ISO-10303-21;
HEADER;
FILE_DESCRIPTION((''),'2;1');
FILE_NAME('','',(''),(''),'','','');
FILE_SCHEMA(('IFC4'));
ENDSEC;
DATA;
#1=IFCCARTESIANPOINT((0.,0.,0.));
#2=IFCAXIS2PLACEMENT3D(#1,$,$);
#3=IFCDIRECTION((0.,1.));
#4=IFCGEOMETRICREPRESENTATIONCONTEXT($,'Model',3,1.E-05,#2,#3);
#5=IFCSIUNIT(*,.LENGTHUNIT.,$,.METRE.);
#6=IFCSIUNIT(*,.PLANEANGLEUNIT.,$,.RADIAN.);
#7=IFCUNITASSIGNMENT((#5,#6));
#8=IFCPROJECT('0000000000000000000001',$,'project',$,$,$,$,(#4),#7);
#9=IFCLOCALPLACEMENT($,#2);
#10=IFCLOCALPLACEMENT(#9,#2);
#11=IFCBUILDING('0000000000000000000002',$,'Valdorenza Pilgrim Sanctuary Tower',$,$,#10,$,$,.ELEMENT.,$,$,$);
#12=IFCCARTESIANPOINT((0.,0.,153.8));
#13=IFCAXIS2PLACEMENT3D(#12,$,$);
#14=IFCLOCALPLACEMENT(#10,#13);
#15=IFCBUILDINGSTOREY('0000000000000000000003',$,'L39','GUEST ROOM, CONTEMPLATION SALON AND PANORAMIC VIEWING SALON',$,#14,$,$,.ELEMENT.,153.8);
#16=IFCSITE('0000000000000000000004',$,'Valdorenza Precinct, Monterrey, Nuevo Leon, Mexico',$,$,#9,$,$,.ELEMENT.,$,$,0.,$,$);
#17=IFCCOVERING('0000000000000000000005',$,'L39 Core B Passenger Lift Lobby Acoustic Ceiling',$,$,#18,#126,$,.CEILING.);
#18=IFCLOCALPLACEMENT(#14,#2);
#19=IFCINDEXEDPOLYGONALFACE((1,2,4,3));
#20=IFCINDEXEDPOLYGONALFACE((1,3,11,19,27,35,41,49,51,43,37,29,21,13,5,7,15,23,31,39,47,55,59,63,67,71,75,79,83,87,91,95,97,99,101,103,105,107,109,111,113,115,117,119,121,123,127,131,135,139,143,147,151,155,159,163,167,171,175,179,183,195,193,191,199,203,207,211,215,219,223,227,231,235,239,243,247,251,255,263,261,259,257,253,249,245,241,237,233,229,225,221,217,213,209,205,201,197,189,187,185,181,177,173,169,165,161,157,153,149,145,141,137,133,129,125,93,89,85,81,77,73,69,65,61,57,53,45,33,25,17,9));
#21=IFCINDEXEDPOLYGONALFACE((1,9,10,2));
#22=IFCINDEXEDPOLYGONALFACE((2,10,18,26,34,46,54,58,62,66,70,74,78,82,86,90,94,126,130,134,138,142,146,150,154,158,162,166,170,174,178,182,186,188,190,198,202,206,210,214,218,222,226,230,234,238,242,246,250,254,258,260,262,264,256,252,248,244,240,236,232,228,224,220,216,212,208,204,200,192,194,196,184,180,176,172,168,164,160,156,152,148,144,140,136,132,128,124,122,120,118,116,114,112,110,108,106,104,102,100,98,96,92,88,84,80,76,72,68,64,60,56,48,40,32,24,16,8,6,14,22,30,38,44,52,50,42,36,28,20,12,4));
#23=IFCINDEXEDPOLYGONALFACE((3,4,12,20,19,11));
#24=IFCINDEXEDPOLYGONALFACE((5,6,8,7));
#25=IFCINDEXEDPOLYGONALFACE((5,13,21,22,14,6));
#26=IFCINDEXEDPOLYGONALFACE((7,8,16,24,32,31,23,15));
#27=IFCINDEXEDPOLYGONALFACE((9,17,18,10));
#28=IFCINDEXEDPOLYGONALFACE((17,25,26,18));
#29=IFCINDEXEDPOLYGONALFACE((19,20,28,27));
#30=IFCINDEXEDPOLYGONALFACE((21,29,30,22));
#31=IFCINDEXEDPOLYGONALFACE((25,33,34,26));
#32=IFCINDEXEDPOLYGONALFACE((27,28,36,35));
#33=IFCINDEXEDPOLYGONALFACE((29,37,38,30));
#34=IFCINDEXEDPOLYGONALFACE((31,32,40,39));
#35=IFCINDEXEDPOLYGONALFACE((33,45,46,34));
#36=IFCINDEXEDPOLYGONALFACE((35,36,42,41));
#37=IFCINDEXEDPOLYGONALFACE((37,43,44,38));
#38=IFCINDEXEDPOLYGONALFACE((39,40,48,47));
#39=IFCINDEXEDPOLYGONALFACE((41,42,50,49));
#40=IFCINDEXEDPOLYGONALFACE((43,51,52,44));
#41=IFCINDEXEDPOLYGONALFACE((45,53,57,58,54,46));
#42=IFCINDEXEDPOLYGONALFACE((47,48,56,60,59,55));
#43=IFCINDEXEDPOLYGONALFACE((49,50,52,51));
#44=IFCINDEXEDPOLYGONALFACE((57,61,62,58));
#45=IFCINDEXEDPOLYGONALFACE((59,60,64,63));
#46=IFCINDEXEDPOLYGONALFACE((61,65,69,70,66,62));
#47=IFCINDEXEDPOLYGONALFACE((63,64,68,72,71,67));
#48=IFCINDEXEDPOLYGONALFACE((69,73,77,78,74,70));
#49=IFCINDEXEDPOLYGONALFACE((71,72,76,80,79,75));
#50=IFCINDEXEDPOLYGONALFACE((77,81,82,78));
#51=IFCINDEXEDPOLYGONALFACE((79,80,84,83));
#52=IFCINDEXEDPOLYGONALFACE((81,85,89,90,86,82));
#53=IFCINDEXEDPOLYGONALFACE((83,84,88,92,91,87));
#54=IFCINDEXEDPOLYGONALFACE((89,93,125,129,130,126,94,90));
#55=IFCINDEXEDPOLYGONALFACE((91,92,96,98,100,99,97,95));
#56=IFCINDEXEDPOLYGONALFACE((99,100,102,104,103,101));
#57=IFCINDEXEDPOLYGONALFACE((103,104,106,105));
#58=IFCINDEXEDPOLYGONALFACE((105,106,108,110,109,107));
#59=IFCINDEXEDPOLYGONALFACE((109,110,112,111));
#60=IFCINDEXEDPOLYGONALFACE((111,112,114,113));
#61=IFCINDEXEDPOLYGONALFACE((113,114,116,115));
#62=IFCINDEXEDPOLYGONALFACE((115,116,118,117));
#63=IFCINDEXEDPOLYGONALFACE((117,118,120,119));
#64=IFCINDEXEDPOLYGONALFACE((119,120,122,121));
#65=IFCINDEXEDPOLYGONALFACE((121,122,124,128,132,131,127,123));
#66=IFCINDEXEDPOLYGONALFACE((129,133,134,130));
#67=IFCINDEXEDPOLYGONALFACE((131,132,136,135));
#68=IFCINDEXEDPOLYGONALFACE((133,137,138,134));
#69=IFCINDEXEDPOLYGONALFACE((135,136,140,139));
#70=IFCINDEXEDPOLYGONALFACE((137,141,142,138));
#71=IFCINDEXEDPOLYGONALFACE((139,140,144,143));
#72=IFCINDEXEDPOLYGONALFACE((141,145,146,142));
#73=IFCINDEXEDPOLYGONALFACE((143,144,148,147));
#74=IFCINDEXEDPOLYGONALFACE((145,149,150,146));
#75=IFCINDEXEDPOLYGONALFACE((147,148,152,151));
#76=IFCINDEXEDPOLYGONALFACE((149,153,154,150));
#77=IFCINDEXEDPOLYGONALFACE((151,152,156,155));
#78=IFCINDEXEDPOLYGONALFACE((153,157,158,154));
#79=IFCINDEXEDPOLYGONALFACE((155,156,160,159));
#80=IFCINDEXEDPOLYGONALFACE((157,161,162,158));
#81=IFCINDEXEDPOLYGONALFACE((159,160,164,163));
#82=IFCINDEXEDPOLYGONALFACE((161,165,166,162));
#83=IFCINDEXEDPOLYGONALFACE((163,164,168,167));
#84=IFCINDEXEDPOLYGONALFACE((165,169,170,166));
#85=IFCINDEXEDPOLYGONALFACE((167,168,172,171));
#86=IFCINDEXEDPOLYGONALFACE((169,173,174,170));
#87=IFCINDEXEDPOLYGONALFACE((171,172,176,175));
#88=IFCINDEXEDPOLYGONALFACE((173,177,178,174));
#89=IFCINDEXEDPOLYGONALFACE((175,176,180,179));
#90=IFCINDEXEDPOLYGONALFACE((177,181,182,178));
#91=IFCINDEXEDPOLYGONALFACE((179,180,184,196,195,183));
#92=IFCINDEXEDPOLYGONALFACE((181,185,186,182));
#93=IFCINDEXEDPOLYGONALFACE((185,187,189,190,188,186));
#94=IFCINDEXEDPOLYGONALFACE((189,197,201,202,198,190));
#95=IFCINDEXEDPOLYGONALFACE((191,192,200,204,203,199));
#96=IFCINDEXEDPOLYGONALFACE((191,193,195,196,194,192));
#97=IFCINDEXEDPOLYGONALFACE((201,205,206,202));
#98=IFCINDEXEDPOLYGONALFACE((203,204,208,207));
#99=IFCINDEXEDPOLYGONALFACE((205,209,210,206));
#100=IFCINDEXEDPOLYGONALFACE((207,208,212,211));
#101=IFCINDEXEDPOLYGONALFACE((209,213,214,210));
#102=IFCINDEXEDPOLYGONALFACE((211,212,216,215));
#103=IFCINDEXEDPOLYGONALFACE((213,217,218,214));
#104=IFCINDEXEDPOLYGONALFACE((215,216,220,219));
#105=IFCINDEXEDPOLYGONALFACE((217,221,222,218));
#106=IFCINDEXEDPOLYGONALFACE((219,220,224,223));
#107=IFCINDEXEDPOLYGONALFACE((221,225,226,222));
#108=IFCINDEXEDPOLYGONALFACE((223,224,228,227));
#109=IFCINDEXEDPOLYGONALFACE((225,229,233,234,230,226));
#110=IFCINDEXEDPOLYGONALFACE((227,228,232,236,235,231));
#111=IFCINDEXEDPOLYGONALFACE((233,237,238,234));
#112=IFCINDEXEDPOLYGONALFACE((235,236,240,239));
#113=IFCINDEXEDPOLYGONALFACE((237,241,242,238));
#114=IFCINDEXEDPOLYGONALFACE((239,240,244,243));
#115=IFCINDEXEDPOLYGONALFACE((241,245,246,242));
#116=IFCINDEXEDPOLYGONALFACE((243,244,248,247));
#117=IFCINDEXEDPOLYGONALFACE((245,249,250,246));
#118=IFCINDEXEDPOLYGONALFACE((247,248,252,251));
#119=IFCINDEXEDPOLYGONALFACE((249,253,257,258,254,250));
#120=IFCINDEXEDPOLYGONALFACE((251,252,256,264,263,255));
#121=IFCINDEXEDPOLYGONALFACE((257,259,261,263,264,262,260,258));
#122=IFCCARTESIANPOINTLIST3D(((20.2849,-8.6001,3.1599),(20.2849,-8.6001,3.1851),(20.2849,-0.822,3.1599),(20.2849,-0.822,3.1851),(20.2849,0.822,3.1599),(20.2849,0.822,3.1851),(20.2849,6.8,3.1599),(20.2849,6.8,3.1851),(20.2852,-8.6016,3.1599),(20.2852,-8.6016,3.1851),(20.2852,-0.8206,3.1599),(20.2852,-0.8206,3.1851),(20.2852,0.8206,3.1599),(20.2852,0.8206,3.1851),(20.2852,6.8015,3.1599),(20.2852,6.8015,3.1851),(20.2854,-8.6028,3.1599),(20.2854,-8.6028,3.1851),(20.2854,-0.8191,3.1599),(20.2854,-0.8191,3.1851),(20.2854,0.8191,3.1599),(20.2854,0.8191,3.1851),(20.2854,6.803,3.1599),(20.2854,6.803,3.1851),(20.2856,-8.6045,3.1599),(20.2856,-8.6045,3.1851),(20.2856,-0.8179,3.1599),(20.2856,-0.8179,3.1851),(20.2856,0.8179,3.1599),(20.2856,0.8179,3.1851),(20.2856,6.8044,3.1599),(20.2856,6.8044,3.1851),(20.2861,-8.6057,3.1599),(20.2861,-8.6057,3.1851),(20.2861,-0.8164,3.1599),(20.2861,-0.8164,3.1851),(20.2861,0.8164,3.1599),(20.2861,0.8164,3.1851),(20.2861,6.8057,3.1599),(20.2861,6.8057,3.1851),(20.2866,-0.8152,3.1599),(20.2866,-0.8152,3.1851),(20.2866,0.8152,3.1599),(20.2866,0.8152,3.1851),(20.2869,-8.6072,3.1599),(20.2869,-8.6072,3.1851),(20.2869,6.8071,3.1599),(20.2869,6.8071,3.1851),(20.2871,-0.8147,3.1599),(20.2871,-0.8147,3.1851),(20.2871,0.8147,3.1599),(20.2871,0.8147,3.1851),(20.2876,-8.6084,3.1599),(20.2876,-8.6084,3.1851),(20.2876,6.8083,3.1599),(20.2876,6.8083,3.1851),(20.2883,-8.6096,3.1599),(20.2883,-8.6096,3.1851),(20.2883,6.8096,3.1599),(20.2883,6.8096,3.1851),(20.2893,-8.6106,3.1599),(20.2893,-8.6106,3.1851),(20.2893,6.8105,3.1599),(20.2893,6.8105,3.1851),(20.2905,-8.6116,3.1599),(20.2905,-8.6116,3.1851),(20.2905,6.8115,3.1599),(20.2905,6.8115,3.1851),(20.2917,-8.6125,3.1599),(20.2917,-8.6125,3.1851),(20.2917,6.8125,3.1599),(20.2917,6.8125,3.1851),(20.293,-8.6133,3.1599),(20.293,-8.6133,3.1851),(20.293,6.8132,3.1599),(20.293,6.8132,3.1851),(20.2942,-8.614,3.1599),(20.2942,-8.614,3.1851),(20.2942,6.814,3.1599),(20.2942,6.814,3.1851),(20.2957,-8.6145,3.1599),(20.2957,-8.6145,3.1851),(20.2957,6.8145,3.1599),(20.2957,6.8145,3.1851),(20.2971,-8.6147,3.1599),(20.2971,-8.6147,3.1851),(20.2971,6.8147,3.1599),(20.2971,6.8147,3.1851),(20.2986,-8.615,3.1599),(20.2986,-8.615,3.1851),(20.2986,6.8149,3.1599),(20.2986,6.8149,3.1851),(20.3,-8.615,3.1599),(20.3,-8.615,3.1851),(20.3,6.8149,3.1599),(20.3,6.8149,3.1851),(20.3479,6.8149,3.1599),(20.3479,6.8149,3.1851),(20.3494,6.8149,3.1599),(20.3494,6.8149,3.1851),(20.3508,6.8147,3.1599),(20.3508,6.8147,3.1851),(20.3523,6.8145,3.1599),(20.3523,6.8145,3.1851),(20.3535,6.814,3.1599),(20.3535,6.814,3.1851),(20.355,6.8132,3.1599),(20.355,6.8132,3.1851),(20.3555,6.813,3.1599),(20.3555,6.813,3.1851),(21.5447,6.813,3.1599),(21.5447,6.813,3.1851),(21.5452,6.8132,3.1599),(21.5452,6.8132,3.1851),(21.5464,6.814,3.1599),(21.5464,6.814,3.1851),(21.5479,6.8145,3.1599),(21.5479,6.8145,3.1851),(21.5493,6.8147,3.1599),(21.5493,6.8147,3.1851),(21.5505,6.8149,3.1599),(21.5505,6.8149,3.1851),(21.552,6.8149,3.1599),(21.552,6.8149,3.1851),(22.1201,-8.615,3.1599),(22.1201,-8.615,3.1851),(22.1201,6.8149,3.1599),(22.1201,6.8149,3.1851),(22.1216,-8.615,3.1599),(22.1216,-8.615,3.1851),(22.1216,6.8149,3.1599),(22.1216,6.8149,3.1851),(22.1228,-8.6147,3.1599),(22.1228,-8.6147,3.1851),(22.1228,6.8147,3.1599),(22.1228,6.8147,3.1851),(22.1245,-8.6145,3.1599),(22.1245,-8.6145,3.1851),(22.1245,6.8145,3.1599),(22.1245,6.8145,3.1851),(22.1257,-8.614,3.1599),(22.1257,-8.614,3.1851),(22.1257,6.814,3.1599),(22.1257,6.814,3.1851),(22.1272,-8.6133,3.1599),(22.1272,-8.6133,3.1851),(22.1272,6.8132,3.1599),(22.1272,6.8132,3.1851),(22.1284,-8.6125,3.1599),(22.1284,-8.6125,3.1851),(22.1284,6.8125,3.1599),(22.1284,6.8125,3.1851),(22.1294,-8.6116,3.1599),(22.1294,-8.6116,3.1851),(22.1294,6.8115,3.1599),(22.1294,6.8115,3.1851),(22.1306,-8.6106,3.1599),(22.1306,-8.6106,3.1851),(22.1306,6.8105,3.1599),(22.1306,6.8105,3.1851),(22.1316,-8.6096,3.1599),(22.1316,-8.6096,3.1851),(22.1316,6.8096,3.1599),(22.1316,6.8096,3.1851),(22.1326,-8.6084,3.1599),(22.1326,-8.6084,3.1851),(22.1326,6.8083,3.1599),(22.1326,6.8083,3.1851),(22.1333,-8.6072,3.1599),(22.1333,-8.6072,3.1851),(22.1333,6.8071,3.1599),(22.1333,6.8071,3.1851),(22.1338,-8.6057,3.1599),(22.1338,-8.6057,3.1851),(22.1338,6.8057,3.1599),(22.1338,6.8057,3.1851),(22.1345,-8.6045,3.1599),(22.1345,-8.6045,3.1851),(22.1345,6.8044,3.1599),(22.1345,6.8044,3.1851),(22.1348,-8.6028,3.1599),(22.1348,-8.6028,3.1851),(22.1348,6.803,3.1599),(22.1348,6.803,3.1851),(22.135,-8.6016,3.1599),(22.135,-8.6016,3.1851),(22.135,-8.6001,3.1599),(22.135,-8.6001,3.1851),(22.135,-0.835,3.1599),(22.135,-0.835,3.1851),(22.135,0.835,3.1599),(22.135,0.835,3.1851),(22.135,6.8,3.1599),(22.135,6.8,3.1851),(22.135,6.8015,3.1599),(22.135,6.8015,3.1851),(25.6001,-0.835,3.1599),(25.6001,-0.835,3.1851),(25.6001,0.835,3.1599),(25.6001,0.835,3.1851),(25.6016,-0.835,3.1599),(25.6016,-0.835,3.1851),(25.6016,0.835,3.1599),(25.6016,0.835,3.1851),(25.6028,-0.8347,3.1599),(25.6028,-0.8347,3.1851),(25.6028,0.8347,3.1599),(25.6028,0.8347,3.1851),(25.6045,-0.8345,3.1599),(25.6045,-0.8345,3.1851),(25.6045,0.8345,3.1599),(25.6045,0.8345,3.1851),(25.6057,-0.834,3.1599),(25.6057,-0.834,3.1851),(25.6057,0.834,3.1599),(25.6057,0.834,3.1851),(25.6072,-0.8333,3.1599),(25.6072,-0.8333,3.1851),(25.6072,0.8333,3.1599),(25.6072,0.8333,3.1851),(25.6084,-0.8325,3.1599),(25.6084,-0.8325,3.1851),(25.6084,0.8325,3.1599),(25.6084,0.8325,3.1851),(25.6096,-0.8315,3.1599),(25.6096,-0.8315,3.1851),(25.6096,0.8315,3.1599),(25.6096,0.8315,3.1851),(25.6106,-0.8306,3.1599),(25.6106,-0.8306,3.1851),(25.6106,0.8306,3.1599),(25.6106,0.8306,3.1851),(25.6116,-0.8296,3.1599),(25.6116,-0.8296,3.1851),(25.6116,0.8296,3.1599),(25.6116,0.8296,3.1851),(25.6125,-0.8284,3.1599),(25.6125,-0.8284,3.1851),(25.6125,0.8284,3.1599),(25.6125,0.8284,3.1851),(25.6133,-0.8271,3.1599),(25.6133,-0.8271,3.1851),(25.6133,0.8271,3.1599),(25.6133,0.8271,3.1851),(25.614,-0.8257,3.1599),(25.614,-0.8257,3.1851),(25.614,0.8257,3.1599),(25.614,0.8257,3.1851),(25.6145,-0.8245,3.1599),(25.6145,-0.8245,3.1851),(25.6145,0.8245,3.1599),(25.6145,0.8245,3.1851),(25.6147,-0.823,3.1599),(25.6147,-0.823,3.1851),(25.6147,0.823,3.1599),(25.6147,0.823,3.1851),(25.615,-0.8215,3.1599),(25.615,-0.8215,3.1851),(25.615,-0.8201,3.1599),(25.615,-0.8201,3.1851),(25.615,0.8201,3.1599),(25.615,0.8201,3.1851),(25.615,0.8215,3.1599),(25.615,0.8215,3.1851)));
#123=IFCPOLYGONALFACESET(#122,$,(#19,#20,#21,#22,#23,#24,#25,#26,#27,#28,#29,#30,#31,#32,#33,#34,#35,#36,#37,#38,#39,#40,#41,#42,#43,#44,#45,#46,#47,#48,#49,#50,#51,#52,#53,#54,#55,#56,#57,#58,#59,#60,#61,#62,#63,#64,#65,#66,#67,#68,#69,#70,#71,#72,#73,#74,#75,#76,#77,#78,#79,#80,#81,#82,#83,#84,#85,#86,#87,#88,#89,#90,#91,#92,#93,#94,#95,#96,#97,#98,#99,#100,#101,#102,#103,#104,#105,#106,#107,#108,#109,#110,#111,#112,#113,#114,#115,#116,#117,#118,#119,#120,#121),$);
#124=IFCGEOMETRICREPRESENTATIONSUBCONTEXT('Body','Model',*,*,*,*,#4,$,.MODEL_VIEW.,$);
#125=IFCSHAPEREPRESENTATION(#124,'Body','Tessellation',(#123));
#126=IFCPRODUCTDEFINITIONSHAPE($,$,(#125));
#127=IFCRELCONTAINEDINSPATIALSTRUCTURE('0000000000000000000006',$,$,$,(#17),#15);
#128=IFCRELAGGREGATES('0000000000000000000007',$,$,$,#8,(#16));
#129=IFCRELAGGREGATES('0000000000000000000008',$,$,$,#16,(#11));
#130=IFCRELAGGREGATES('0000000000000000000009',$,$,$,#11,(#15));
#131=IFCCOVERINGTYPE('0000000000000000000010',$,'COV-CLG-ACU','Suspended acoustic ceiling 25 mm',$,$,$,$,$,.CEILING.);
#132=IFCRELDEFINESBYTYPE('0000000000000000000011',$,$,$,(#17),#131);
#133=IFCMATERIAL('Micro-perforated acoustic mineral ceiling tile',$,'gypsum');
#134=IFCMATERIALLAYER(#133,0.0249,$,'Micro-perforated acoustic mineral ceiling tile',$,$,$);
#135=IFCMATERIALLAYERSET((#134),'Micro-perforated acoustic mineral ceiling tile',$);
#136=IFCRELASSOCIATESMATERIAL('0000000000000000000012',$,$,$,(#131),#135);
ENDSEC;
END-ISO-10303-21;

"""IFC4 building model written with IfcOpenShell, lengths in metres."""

from ifc_helpers import new_model, si_unit, direction, frame, origin, place, context, subcontext, project, spatial, polyline, outline, extrude, material, layer, layer_set, type_object, element, save


model = new_model("IFC4")

# Units and contexts
model_context = context("Model", 3, precision=1e-05, world=origin(), true_north=direction((0.0, 1.0)))
body_context = subcontext(model_context, "Body", "Model", "MODEL_VIEW")
ifc_project = project(units=[si_unit("LENGTHUNIT", "METRE"), si_unit("PLANEANGLEUNIT", "RADIAN")], contexts=[model_context])

# Site, building, storey
site_placement = place(None, origin())
site = spatial("IfcSite", under=ifc_project, at=site_placement, Name="Valdorenza Precinct, Monterrey, Nuevo Leon, Mexico", CompositionType="ELEMENT", RefElevation=0.0)
building_placement = place(site_placement, origin())
building = spatial("IfcBuilding", under=site, at=building_placement, Name="Valdorenza Pilgrim Sanctuary Tower", CompositionType="ELEMENT")
storey_placement = place(building_placement, frame((0.0, 0.0, 153.8)))
storey = spatial("IfcBuildingStorey", under=building, at=storey_placement, Name="L39", Description="GUEST ROOM, CONTEMPLATION SALON AND PANORAMIC VIEWING SALON", CompositionType="ELEMENT", Elevation=153.8)

# Covering
ifc_material_1 = material(Name="Micro-perforated acoustic mineral ceiling tile", Category="gypsum")
ifc_layer_1 = layer(ifc_material_1, 0.0249, Name="Micro-perforated acoustic mineral ceiling tile")
ifc_layer_set_1 = layer_set([ifc_layer_1], Name="Micro-perforated acoustic mineral ceiling tile")
covering_type_1 = type_object("IfcCoveringType", Name="COV-CLG-ACU", Description="Suspended acoustic ceiling 25 mm", PredefinedType="CEILING", material=ifc_layer_set_1)
covering_1_placement = place(storey_placement, frame((0.0, 0.0, 3.1599)))
element("IfcCovering", 1, at=covering_1_placement, inside=storey, type_object=covering_type_1, Name="L39 Core B Passenger Lift Lobby Acoustic Ceiling", PredefinedType="CEILING", context=body_context, shape_type="SweptSolid", body=[
    extrude(outline(polyline([(20.2871, -0.8147), (20.2871, 0.8147), (20.2866, 0.8152), (20.2861, 0.8164), (20.2856, 0.8179), (20.2854, 0.8191), (20.2852, 0.8206), (20.2849, 0.822), (20.2849, 6.8), (20.2852, 6.8015), (20.2854, 6.803), (20.2856, 6.8044), (20.2861, 6.8057), (20.2869, 6.8071), (20.2876, 6.8083), (20.2883, 6.8096), (20.2893, 6.8105), (20.2905, 6.8115), (20.2917, 6.8125), (20.293, 6.8132), (20.2942, 6.814), (20.2957, 6.8145), (20.2971, 6.8147), (20.2986, 6.8149), (20.3, 6.8149), (20.3479, 6.8149), (20.3494, 6.8149), (20.3508, 6.8147), (20.3523, 6.8145), (20.3535, 6.814), (20.355, 6.8132), (20.3555, 6.813), (21.5447, 6.813), (21.5452, 6.8132), (21.5464, 6.814), (21.5479, 6.8145), (21.5493, 6.8147), (21.5505, 6.8149), (21.552, 6.8149), (22.1201, 6.8149), (22.1216, 6.8149), (22.1228, 6.8147), (22.1245, 6.8145), (22.1257, 6.814), (22.1272, 6.8132), (22.1284, 6.8125), (22.1294, 6.8115), (22.1306, 6.8105), (22.1316, 6.8096), (22.1326, 6.8083), (22.1333, 6.8071), (22.1338, 6.8057), (22.1345, 6.8044), (22.1348, 6.803), (22.135, 6.8015), (22.135, 6.8), (22.135, 0.835), (25.6001, 0.835), (25.6016, 0.835), (25.6028, 0.8347), (25.6045, 0.8345), (25.6057, 0.834), (25.6072, 0.8333), (25.6084, 0.8325), (25.6096, 0.8315), (25.6106, 0.8306), (25.6116, 0.8296), (25.6125, 0.8284), (25.6133, 0.8271), (25.614, 0.8257), (25.6145, 0.8245), (25.6147, 0.823), (25.615, 0.8215), (25.615, 0.8201), (25.615, -0.8201), (25.615, -0.8215), (25.6147, -0.823), (25.6145, -0.8245), (25.614, -0.8257), (25.6133, -0.8271), (25.6125, -0.8284), (25.6116, -0.8296), (25.6106, -0.8306), (25.6096, -0.8315), (25.6084, -0.8325), (25.6072, -0.8333), (25.6057, -0.834), (25.6045, -0.8345), (25.6028, -0.8347), (25.6016, -0.835), (25.6001, -0.835), (22.135, -0.835), (22.135, -8.6001), (22.135, -8.6016), (22.1348, -8.6028), (22.1345, -8.6045), (22.1338, -8.6057), (22.1333, -8.6072), (22.1326, -8.6084), (22.1316, -8.6096), (22.1306, -8.6106), (22.1294, -8.6116), (22.1284, -8.6125), (22.1272, -8.6133), (22.1257, -8.614), (22.1245, -8.6145), (22.1228, -8.6147), (22.1216, -8.615), (22.1201, -8.615), (20.3, -8.615), (20.2986, -8.615), (20.2971, -8.6147), (20.2957, -8.6145), (20.2942, -8.614), (20.293, -8.6133), (20.2917, -8.6125), (20.2905, -8.6116), (20.2893, -8.6106), (20.2883, -8.6096), (20.2876, -8.6084), (20.2869, -8.6072), (20.2861, -8.6057), (20.2856, -8.6045), (20.2854, -8.6028), (20.2852, -8.6016), (20.2849, -8.6001), (20.2849, -0.822), (20.2852, -0.8206), (20.2854, -0.8191), (20.2856, -0.8179), (20.2861, -0.8164), (20.2866, -0.8152), (20.2871, -0.8147)])), origin(), (0.0, 0.0, 1.0), 0.0251),
])

save(model, "model.ifc")
